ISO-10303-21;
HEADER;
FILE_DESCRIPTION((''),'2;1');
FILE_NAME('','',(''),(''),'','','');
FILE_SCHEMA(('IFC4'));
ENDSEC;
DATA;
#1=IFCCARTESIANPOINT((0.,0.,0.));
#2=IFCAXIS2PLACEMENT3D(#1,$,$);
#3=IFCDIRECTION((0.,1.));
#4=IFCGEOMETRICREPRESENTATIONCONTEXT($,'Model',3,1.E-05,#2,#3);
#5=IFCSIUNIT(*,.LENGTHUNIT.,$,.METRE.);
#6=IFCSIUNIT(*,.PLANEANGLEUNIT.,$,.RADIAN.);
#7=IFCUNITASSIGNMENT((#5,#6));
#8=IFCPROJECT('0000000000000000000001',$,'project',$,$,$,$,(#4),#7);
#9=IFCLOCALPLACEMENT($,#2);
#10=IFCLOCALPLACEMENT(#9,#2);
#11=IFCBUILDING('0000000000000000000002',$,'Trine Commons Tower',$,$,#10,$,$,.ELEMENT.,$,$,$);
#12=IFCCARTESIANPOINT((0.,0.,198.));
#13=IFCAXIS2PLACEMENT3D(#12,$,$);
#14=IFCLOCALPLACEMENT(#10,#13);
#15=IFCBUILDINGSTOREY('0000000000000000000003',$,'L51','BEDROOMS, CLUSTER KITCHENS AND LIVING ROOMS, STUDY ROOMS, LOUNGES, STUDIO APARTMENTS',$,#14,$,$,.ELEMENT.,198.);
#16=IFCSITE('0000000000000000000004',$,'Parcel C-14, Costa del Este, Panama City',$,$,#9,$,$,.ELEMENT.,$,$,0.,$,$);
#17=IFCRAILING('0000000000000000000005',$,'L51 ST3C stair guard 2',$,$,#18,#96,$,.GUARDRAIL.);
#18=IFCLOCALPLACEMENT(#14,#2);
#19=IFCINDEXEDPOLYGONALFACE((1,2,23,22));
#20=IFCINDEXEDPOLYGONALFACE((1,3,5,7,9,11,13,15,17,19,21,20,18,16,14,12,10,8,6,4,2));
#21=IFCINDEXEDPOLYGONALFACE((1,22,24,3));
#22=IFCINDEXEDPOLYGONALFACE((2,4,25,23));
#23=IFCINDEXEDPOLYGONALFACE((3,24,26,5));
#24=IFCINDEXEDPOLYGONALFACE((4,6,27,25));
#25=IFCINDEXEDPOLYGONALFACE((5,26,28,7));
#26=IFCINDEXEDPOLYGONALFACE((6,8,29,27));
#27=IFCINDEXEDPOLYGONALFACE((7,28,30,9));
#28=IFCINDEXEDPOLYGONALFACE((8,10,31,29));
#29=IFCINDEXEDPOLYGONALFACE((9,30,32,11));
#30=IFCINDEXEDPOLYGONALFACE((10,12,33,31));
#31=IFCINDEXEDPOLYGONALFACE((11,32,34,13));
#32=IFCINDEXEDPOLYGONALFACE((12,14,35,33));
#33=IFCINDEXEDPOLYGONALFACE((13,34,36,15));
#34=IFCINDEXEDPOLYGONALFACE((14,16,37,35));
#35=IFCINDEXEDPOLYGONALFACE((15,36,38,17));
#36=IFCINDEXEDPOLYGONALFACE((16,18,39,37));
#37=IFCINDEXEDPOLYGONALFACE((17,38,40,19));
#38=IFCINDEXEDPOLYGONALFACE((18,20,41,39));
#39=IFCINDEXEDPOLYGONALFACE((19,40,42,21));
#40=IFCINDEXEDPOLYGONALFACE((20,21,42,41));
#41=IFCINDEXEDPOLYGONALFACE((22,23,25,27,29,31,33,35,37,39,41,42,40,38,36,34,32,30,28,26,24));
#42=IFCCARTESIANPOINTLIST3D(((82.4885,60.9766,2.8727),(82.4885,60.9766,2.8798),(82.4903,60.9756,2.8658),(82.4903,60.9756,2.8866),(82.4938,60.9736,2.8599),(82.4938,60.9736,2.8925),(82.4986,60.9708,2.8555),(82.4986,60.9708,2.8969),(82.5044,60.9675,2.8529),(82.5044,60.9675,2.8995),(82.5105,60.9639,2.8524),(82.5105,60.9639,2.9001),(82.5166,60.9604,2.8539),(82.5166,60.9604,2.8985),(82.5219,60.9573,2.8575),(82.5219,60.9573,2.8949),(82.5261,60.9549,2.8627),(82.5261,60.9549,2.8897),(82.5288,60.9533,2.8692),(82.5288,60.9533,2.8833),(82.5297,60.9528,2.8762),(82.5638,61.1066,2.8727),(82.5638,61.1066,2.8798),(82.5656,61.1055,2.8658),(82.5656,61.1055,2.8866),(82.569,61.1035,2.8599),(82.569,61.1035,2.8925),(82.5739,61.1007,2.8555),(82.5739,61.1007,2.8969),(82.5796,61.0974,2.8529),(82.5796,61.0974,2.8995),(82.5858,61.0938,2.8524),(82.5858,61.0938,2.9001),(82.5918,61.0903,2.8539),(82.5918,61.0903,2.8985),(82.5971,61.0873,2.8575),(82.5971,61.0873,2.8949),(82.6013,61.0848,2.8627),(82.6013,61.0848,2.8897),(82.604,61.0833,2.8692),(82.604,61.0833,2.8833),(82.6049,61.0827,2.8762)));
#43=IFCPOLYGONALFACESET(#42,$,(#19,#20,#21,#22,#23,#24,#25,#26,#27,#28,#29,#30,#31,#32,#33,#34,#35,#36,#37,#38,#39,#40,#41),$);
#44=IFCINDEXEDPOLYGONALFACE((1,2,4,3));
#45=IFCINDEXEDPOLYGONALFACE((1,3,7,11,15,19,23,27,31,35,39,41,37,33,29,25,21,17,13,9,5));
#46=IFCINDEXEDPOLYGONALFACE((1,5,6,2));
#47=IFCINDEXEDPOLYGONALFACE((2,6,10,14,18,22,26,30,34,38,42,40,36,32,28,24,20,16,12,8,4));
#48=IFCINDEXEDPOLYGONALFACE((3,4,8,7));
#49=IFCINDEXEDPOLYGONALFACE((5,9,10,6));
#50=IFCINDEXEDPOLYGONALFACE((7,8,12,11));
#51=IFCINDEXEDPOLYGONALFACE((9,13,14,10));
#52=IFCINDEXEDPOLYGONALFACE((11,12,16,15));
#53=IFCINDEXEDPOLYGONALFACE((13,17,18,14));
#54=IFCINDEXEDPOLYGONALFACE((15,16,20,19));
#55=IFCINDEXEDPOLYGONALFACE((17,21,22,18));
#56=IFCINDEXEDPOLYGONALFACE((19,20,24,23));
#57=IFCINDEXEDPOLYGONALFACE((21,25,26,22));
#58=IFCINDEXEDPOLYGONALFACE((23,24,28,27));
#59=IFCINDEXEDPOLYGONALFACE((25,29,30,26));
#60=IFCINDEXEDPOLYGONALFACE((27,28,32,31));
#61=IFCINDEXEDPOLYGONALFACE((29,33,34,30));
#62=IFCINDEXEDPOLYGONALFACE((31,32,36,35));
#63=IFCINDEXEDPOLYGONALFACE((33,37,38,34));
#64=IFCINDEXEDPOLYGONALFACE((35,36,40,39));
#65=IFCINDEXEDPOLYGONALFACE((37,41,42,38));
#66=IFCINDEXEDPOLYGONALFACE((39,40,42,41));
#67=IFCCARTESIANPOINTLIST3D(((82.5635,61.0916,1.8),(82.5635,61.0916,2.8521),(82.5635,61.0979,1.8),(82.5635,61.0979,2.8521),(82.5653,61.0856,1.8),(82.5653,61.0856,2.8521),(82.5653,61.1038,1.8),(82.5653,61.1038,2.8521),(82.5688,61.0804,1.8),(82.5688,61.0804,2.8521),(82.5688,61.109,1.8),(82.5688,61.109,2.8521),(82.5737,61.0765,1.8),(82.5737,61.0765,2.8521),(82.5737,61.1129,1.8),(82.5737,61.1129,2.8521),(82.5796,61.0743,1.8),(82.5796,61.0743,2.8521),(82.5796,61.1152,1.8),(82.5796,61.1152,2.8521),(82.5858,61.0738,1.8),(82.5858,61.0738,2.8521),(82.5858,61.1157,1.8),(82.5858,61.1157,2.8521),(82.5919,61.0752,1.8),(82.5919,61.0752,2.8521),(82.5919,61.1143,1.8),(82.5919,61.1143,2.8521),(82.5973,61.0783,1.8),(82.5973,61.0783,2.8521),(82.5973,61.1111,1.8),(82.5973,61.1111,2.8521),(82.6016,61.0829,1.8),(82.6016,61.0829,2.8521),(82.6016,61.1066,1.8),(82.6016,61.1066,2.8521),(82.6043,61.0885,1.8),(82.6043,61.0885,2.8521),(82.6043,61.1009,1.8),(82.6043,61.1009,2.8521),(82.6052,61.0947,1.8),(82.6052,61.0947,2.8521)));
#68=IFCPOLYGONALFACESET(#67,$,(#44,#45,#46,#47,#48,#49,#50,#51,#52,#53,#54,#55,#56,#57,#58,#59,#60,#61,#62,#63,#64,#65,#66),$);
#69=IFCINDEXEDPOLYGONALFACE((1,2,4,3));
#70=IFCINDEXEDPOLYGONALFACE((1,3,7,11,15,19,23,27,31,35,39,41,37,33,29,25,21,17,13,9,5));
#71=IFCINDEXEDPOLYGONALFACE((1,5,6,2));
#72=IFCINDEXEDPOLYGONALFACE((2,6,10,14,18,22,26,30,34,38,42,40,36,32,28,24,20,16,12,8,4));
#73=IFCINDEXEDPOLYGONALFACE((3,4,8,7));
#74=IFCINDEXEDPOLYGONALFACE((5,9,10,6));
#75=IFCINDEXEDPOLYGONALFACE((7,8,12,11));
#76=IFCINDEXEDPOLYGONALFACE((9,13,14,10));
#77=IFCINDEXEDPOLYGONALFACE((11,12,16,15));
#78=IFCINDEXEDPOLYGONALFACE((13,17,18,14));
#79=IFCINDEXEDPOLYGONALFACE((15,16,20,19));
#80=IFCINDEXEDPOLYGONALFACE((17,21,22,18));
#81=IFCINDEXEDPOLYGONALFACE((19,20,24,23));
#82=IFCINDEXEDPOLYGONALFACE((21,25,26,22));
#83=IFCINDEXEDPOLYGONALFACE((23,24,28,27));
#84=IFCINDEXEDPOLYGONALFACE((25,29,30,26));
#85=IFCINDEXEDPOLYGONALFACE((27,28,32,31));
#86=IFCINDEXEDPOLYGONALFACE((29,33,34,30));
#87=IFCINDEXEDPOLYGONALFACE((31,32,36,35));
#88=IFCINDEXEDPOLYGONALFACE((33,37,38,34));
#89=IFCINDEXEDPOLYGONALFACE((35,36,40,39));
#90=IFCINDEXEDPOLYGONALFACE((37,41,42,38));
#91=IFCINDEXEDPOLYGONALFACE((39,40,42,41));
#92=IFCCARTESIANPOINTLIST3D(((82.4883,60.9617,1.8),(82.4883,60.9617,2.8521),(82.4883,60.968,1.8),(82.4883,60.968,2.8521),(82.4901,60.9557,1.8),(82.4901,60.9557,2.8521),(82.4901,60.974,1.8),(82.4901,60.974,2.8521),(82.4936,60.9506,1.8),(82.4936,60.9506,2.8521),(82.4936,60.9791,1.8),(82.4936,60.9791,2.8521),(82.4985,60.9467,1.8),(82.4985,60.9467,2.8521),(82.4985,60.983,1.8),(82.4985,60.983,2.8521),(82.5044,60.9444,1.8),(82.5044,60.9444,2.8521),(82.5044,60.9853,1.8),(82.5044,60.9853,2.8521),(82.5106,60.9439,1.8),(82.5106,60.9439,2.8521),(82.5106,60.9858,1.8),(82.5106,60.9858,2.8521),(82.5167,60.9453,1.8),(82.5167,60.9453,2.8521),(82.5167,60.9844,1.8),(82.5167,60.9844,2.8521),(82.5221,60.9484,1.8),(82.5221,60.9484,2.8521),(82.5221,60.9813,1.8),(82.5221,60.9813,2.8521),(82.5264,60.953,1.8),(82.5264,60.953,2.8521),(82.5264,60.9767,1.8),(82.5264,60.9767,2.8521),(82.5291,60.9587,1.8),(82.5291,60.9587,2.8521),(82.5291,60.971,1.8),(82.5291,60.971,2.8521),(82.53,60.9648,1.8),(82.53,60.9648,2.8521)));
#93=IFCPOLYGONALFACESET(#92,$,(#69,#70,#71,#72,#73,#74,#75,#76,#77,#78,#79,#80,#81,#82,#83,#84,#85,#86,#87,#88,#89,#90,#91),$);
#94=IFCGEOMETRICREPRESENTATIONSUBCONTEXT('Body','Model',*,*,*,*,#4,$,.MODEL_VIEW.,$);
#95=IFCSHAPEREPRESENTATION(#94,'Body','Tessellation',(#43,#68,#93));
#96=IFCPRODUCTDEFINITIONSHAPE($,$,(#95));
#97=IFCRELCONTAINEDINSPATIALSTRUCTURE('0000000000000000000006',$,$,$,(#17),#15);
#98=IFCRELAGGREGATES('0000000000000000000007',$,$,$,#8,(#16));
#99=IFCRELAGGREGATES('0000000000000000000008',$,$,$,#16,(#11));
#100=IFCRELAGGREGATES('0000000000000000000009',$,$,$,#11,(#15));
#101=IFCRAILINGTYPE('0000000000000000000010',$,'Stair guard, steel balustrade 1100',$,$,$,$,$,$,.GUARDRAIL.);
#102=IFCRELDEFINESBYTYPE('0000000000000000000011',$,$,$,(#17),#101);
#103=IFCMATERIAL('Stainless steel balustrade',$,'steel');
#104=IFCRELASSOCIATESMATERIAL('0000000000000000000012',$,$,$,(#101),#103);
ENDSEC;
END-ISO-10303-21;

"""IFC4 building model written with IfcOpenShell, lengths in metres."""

from ifc_helpers import new_model, si_unit, direction, frame, origin, origin_2d, place, context, subcontext, project, spatial, circle, extrude, material, type_object, element, save


model = new_model("IFC4")

# Units and contexts
model_context = context("Model", 3, precision=1e-05, world=origin(), true_north=direction((0.0, 1.0)))
body_context = subcontext(model_context, "Body", "Model", "MODEL_VIEW")
ifc_project = project(units=[si_unit("LENGTHUNIT", "METRE"), si_unit("PLANEANGLEUNIT", "RADIAN")], contexts=[model_context])

# Site, building, storey
site_placement = place(None, origin())
site = spatial("IfcSite", under=ifc_project, at=site_placement, Name="Parcel C-14, Costa del Este, Panama City", CompositionType="ELEMENT", RefElevation=0.0)
building_placement = place(site_placement, origin())
building = spatial("IfcBuilding", under=site, at=building_placement, Name="Trine Commons Tower", CompositionType="ELEMENT")
storey_placement = place(building_placement, frame((0.0, 0.0, 198.0)))
storey = spatial("IfcBuildingStorey", under=building, at=storey_placement, Name="L51", Description="BEDROOMS, CLUSTER KITCHENS AND LIVING ROOMS, STUDY ROOMS, LOUNGES, STUDIO APARTMENTS", CompositionType="ELEMENT", Elevation=198.0)

# Railing
ifc_material_1 = material(Name="Stainless steel balustrade", Category="steel")
railing_type_1 = type_object("IfcRailingType", Name="Stair guard, steel balustrade 1100", PredefinedType="GUARDRAIL", material=ifc_material_1)
railing_1_placement = place(storey_placement, frame((82.5842, 61.0947, 1.8)))
element("IfcRailing", 1, at=railing_1_placement, inside=storey, type_object=railing_type_1, Name="L51 ST3C stair guard 2", PredefinedType="GUARDRAIL", context=body_context, shape_type="SweptSolid", body=[
    extrude(circle(Radius=0.0239, at=origin_2d()), frame((0.0, 0.0, 1.0762), z_axis=(-0.501036, -0.865426, 0.0), x_axis=(0.865426, -0.501036, 0.0)), (0.0, 0.0, 1.0), 0.1501),
    extrude(circle(Radius=0.021, at=origin_2d()), origin(), (0.0, 0.0, 1.0), 1.052),
    extrude(circle(Radius=0.021, at=origin_2d()), frame((-0.0752, -0.1299, 0.0)), (0.0, 0.0, 1.0), 1.052),
])

save(model, "model.ifc")
